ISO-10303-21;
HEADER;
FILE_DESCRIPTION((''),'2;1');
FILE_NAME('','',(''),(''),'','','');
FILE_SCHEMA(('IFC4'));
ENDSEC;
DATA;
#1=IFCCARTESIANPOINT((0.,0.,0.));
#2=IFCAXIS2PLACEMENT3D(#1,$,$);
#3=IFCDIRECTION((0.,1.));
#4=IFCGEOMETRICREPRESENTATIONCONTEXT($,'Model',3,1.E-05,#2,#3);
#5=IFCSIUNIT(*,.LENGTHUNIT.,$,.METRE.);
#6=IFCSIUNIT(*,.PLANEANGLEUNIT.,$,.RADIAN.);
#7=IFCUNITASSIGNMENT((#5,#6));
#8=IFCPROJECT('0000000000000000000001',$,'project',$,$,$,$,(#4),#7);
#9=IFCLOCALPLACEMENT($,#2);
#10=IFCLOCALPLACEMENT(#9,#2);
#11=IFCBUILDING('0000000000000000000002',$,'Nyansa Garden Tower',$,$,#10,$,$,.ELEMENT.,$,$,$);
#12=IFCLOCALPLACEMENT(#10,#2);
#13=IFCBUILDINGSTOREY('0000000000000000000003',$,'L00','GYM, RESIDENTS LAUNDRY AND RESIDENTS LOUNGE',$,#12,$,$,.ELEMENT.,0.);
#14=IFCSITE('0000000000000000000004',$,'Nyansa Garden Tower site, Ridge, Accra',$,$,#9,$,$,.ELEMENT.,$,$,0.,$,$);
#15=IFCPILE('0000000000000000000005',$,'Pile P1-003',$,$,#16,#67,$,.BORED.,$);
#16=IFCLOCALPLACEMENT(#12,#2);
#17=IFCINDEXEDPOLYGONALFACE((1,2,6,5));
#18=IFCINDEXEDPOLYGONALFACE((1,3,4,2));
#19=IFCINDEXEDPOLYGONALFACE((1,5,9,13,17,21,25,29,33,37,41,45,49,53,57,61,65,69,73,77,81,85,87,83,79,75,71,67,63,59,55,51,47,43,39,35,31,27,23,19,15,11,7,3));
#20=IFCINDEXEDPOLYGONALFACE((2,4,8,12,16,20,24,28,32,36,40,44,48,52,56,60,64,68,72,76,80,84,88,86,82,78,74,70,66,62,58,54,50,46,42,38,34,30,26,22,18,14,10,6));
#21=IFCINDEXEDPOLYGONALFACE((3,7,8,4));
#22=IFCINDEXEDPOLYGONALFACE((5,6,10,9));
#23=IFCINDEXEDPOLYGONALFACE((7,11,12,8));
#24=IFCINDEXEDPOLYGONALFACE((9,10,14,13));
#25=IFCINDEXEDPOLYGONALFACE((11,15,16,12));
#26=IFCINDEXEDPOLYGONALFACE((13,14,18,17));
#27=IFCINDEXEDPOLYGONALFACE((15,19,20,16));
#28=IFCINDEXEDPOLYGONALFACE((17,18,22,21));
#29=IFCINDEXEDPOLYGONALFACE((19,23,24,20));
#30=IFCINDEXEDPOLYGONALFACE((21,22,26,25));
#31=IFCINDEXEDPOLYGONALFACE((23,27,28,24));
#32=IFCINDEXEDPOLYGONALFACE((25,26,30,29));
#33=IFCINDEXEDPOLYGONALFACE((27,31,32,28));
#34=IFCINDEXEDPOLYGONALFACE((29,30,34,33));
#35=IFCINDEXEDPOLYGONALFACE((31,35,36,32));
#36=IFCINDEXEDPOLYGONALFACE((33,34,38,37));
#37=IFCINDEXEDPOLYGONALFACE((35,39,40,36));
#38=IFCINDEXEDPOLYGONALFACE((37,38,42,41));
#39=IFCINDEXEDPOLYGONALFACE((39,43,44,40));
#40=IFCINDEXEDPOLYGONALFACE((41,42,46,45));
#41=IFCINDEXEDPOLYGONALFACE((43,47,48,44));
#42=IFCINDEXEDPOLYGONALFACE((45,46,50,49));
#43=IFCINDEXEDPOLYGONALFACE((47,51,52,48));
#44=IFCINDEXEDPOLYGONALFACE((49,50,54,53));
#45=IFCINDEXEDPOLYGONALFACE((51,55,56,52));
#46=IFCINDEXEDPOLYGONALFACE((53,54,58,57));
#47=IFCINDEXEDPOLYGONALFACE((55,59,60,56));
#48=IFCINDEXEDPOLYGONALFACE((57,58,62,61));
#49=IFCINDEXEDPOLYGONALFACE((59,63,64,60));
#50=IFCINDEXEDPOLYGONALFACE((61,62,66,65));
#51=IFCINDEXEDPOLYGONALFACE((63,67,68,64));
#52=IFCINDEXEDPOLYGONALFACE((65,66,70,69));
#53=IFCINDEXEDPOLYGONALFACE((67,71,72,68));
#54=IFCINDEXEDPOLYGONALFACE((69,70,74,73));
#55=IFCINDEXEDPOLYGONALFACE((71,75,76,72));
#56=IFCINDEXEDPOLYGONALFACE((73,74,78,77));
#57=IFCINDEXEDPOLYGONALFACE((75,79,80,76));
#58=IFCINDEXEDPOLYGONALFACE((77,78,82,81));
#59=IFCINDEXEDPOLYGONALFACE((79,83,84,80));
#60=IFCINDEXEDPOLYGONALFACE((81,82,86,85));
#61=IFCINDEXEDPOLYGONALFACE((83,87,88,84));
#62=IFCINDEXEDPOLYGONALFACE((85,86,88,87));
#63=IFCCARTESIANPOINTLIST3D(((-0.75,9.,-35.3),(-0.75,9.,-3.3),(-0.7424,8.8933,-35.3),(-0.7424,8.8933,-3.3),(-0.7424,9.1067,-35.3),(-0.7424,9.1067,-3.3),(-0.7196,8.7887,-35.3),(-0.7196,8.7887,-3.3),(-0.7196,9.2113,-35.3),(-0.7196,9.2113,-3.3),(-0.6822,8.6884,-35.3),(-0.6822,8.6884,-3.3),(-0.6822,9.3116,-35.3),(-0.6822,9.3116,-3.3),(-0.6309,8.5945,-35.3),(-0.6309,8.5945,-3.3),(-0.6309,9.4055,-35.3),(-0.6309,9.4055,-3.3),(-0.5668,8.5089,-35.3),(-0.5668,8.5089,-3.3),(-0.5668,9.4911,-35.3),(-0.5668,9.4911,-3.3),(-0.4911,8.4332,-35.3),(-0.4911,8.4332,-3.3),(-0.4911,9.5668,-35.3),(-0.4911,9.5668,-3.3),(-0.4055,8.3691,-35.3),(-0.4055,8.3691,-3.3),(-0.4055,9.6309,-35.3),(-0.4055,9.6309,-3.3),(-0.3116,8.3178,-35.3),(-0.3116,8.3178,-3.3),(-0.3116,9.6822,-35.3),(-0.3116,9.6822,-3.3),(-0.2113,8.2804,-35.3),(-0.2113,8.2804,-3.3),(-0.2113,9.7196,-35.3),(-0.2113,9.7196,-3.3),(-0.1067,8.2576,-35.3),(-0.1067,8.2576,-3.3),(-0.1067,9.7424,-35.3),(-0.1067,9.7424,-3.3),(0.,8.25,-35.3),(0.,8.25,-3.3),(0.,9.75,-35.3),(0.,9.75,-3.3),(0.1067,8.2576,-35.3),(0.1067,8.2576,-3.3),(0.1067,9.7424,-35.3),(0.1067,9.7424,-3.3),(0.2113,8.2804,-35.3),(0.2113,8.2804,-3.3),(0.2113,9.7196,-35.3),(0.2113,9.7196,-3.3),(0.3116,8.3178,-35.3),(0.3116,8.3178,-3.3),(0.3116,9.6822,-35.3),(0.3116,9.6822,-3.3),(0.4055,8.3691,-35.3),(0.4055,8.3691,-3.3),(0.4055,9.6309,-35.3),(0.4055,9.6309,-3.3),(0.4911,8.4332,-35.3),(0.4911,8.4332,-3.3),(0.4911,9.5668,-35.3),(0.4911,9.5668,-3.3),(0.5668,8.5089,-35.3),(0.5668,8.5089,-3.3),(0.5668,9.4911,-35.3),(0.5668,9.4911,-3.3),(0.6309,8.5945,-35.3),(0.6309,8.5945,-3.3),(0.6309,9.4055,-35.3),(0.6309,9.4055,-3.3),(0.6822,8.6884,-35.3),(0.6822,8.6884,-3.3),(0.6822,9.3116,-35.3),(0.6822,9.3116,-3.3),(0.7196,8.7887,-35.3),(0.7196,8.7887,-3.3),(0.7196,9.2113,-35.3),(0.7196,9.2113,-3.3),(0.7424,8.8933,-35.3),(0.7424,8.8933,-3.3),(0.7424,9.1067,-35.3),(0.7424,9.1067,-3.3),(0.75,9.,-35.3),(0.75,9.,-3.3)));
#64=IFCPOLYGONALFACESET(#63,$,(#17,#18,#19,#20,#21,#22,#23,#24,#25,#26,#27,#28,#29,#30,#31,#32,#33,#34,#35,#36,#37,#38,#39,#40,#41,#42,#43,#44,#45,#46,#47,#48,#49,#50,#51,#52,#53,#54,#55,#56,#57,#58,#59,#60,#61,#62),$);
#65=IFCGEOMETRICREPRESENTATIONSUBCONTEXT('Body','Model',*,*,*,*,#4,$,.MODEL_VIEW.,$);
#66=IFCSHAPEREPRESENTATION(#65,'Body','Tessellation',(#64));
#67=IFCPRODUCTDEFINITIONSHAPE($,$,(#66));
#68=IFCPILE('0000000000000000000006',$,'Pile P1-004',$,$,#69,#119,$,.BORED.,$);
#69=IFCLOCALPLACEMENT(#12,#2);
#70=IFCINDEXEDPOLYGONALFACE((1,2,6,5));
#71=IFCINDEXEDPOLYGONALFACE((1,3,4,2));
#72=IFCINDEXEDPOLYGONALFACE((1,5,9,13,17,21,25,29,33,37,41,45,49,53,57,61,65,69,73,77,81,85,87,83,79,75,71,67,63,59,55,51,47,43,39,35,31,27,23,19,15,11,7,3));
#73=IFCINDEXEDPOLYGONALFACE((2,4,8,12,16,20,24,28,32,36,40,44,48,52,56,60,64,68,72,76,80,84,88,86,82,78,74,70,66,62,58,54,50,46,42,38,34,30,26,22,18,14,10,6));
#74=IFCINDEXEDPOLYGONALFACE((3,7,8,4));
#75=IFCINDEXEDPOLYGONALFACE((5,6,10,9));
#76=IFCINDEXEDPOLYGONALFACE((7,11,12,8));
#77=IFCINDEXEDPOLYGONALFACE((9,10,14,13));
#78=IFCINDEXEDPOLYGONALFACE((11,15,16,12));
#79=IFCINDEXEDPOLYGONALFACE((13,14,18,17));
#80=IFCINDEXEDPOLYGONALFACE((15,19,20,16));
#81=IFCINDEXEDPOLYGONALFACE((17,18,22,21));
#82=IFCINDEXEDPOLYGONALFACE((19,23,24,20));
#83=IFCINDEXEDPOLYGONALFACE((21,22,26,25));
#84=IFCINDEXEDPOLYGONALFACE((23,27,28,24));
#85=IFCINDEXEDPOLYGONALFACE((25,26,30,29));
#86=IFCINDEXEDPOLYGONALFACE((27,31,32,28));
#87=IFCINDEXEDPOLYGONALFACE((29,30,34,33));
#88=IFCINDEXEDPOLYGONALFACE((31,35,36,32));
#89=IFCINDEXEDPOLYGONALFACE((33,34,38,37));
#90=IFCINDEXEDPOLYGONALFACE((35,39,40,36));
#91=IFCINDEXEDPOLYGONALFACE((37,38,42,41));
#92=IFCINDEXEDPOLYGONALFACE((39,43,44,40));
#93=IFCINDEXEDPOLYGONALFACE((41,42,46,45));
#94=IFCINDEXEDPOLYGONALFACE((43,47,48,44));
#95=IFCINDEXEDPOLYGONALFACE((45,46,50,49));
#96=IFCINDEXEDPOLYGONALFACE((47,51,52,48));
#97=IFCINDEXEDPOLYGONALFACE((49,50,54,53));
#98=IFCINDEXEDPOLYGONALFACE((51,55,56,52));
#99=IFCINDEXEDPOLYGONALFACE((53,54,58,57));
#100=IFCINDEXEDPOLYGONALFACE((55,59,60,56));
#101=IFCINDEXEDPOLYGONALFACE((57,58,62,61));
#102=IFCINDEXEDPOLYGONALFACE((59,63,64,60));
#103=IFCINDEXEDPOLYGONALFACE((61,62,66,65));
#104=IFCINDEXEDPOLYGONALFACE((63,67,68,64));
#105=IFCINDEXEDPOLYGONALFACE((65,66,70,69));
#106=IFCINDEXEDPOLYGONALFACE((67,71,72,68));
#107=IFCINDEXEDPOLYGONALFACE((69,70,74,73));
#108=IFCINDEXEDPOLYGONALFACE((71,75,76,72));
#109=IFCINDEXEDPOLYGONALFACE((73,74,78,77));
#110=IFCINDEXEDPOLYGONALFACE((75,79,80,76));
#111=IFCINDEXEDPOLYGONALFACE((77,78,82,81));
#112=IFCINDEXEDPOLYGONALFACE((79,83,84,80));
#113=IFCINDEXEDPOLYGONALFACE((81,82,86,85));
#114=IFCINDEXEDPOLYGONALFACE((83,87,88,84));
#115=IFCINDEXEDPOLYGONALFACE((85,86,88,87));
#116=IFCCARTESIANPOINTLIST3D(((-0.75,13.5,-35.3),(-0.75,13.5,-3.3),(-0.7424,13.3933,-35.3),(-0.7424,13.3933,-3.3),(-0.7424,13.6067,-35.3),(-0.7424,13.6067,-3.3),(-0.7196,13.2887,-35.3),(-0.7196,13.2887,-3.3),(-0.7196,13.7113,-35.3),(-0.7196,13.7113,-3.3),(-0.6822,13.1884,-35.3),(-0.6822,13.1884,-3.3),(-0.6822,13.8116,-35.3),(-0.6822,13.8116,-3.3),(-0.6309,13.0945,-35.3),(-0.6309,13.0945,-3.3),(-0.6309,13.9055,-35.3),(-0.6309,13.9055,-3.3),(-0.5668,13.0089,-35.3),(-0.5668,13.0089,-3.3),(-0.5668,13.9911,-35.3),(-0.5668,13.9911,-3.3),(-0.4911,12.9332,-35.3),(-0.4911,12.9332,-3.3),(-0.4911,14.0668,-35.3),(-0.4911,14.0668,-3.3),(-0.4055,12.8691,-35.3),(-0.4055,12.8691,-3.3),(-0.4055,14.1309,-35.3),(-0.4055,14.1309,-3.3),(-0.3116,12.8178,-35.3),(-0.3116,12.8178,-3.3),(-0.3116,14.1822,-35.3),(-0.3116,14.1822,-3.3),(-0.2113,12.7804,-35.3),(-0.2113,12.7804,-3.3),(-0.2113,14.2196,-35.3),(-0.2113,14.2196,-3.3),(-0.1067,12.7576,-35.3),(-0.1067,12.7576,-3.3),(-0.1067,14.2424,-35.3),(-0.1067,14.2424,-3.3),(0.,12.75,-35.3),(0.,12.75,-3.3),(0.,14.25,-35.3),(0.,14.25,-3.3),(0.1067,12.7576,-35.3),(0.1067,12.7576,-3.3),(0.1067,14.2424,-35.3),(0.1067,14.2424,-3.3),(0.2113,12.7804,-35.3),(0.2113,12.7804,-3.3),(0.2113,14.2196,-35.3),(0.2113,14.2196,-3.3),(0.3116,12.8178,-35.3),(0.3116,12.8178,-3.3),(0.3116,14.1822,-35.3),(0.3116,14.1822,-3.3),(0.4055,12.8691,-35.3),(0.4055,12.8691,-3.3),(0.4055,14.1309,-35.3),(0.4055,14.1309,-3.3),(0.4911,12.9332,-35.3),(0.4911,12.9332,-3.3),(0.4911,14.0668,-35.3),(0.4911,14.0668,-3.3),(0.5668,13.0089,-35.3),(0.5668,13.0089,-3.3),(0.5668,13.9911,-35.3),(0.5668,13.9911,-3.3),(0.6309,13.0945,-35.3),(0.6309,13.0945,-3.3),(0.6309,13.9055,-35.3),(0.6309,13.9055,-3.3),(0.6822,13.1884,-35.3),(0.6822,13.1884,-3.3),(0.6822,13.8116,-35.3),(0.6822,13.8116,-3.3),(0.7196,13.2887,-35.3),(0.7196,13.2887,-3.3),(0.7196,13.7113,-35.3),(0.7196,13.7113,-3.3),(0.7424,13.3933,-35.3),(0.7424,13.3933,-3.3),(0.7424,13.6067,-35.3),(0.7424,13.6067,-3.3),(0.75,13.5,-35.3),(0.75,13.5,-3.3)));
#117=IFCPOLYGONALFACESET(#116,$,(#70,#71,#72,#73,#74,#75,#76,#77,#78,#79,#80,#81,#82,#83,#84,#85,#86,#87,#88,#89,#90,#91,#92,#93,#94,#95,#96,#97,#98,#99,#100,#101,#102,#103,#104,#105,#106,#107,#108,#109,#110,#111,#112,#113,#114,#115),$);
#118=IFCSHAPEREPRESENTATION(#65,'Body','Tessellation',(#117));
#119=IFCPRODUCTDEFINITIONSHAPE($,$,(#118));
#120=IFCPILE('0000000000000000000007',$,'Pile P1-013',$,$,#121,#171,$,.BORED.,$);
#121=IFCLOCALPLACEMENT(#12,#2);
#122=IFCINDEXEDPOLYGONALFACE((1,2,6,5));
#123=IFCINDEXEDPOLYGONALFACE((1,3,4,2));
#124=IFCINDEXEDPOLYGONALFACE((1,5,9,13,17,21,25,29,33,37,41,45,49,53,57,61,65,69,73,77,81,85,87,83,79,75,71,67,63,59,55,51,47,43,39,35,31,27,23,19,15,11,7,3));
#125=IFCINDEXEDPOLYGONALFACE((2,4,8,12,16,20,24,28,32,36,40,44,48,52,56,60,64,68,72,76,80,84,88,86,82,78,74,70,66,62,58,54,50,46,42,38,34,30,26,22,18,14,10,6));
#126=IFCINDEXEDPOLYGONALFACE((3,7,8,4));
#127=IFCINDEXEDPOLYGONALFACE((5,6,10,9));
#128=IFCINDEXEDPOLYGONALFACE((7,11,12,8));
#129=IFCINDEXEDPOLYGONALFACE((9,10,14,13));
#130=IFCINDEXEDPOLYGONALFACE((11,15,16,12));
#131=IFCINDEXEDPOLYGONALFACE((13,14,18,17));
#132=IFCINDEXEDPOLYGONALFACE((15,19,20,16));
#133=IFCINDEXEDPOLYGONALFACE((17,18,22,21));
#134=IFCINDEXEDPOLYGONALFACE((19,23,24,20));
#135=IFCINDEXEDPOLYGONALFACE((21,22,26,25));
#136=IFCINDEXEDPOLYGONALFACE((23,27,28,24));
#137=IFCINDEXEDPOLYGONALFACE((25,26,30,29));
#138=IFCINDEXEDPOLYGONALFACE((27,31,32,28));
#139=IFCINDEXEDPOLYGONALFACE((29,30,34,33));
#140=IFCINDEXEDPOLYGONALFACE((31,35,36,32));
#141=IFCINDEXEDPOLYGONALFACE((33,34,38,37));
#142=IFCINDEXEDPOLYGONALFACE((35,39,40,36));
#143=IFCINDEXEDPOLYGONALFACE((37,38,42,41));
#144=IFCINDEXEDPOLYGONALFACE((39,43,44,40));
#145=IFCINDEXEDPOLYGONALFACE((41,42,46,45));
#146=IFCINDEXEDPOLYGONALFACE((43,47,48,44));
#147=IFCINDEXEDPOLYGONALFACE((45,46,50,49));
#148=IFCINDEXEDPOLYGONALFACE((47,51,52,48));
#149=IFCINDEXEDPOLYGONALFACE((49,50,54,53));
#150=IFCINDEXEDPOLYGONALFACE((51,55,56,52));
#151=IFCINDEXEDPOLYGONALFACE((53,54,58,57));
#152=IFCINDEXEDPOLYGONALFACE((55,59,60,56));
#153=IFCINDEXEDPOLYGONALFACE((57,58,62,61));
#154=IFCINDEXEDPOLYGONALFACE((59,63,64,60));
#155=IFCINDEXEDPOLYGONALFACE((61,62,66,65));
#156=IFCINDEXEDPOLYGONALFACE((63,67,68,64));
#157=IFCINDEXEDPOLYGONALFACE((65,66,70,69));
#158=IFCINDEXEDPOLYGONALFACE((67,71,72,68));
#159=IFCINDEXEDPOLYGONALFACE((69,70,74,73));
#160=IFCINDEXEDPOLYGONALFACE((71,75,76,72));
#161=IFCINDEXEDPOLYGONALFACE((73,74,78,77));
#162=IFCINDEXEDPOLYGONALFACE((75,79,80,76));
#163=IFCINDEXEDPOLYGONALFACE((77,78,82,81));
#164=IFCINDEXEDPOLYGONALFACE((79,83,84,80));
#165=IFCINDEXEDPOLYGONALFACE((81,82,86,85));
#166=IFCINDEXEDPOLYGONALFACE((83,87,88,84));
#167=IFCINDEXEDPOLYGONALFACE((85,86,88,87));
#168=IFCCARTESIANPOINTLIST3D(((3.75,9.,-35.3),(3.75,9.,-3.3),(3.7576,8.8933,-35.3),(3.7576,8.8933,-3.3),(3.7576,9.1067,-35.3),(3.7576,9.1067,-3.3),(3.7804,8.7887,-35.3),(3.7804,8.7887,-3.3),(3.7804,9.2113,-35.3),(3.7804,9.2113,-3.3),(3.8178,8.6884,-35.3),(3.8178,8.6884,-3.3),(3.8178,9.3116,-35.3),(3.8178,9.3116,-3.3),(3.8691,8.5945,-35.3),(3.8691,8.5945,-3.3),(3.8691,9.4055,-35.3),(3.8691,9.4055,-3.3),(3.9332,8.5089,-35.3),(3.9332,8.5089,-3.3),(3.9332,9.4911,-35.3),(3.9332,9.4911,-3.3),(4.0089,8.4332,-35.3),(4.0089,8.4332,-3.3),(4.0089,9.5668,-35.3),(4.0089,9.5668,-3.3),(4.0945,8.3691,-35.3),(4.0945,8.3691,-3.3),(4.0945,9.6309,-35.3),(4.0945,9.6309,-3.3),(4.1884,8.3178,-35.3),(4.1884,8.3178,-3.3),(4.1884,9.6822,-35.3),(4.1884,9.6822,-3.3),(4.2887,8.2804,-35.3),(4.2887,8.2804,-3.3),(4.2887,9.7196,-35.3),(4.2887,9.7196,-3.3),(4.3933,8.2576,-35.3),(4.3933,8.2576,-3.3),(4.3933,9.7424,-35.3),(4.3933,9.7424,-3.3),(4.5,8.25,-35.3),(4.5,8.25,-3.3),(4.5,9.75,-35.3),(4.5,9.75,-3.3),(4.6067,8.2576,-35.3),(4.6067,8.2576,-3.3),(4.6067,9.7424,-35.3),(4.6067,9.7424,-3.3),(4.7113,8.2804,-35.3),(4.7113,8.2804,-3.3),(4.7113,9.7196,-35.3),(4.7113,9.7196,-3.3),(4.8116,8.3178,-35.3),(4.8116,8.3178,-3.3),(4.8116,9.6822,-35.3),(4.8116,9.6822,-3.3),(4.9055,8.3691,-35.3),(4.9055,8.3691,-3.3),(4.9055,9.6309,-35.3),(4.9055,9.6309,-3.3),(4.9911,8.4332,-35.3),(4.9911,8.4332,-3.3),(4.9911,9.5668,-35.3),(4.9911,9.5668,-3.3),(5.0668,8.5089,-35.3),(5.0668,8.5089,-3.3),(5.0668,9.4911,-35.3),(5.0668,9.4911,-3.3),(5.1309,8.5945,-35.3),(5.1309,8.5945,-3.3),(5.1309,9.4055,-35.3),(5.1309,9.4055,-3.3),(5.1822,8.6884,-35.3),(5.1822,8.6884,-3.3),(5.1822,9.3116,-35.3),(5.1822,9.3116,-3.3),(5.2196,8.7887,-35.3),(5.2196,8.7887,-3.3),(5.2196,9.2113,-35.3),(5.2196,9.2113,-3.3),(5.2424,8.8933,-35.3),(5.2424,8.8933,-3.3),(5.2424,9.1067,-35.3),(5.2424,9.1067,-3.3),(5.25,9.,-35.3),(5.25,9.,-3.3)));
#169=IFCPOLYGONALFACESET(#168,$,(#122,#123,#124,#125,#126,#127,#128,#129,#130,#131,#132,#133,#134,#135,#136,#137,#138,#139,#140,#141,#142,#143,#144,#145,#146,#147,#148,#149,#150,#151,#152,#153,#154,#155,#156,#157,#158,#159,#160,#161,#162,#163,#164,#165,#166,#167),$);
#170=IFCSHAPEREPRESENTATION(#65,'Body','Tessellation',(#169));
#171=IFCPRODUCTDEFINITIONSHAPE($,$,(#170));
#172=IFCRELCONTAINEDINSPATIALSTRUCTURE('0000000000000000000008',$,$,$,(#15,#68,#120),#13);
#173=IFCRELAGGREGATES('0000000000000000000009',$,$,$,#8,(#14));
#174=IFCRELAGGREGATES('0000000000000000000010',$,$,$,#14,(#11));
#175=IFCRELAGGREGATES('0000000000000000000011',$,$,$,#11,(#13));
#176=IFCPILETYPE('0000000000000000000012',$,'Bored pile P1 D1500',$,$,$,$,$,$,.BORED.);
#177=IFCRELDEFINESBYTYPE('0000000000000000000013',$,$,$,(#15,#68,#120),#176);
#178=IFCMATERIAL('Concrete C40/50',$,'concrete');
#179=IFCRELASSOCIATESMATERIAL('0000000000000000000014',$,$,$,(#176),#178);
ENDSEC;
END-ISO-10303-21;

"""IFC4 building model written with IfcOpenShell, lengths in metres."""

from ifc_helpers import new_model, si_unit, direction, frame, origin, origin_2d, place, context, subcontext, project, spatial, circle, extrude, material, type_object, element, save


model = new_model("IFC4")

# Units and contexts
model_context = context("Model", 3, precision=1e-05, world=origin(), true_north=direction((0.0, 1.0)))
body_context = subcontext(model_context, "Body", "Model", "MODEL_VIEW")
ifc_project = project(units=[si_unit("LENGTHUNIT", "METRE"), si_unit("PLANEANGLEUNIT", "RADIAN")], contexts=[model_context])

# Site, building, storey
site_placement = place(None, origin())
site = spatial("IfcSite", under=ifc_project, at=site_placement, Name="Nyansa Garden Tower site, Ridge, Accra", CompositionType="ELEMENT", RefElevation=0.0)
building_placement = place(site_placement, origin())
building = spatial("IfcBuilding", under=site, at=building_placement, Name="Nyansa Garden Tower", CompositionType="ELEMENT")
storey_placement = place(building_placement, origin())
storey = spatial("IfcBuildingStorey", under=building, at=storey_placement, Name="L00", Description="GYM, RESIDENTS LAUNDRY AND RESIDENTS LOUNGE", CompositionType="ELEMENT", Elevation=0.0)

# Piles
ifc_material_1 = material(Name="Concrete C40/50", Category="concrete")
pile_type_1 = type_object("IfcPileType", Name="Bored pile P1 D1500", PredefinedType="BORED", material=ifc_material_1)
for number, where, z_axis, x_axis, name in (
    (1, (0.0, 9.0, -3.3), (0.0, 0.0, -1.0), (1.0, 0.0, 0.0), "Pile P1-003"),
    (2, (0.0, 13.5, -3.3), (0.0, 0.0, -1.0), (1.0, 0.0, 0.0), "Pile P1-004"),
    (3, (4.5, 9.0, -3.3), (0.0, 0.0, -1.0), (1.0, 0.0, 0.0), "Pile P1-013"),
):
    element("IfcPile", number, at=place(storey_placement, frame(where, z_axis=z_axis, x_axis=x_axis)), inside=storey, type_object=pile_type_1, Name=name, PredefinedType="BORED", context=body_context, shape_type="SweptSolid", body=[
        extrude(circle(Radius=0.75, at=origin_2d()), origin(), (0.0, 0.0, 1.0), 32.0),
    ])

save(model, "model.ifc")
